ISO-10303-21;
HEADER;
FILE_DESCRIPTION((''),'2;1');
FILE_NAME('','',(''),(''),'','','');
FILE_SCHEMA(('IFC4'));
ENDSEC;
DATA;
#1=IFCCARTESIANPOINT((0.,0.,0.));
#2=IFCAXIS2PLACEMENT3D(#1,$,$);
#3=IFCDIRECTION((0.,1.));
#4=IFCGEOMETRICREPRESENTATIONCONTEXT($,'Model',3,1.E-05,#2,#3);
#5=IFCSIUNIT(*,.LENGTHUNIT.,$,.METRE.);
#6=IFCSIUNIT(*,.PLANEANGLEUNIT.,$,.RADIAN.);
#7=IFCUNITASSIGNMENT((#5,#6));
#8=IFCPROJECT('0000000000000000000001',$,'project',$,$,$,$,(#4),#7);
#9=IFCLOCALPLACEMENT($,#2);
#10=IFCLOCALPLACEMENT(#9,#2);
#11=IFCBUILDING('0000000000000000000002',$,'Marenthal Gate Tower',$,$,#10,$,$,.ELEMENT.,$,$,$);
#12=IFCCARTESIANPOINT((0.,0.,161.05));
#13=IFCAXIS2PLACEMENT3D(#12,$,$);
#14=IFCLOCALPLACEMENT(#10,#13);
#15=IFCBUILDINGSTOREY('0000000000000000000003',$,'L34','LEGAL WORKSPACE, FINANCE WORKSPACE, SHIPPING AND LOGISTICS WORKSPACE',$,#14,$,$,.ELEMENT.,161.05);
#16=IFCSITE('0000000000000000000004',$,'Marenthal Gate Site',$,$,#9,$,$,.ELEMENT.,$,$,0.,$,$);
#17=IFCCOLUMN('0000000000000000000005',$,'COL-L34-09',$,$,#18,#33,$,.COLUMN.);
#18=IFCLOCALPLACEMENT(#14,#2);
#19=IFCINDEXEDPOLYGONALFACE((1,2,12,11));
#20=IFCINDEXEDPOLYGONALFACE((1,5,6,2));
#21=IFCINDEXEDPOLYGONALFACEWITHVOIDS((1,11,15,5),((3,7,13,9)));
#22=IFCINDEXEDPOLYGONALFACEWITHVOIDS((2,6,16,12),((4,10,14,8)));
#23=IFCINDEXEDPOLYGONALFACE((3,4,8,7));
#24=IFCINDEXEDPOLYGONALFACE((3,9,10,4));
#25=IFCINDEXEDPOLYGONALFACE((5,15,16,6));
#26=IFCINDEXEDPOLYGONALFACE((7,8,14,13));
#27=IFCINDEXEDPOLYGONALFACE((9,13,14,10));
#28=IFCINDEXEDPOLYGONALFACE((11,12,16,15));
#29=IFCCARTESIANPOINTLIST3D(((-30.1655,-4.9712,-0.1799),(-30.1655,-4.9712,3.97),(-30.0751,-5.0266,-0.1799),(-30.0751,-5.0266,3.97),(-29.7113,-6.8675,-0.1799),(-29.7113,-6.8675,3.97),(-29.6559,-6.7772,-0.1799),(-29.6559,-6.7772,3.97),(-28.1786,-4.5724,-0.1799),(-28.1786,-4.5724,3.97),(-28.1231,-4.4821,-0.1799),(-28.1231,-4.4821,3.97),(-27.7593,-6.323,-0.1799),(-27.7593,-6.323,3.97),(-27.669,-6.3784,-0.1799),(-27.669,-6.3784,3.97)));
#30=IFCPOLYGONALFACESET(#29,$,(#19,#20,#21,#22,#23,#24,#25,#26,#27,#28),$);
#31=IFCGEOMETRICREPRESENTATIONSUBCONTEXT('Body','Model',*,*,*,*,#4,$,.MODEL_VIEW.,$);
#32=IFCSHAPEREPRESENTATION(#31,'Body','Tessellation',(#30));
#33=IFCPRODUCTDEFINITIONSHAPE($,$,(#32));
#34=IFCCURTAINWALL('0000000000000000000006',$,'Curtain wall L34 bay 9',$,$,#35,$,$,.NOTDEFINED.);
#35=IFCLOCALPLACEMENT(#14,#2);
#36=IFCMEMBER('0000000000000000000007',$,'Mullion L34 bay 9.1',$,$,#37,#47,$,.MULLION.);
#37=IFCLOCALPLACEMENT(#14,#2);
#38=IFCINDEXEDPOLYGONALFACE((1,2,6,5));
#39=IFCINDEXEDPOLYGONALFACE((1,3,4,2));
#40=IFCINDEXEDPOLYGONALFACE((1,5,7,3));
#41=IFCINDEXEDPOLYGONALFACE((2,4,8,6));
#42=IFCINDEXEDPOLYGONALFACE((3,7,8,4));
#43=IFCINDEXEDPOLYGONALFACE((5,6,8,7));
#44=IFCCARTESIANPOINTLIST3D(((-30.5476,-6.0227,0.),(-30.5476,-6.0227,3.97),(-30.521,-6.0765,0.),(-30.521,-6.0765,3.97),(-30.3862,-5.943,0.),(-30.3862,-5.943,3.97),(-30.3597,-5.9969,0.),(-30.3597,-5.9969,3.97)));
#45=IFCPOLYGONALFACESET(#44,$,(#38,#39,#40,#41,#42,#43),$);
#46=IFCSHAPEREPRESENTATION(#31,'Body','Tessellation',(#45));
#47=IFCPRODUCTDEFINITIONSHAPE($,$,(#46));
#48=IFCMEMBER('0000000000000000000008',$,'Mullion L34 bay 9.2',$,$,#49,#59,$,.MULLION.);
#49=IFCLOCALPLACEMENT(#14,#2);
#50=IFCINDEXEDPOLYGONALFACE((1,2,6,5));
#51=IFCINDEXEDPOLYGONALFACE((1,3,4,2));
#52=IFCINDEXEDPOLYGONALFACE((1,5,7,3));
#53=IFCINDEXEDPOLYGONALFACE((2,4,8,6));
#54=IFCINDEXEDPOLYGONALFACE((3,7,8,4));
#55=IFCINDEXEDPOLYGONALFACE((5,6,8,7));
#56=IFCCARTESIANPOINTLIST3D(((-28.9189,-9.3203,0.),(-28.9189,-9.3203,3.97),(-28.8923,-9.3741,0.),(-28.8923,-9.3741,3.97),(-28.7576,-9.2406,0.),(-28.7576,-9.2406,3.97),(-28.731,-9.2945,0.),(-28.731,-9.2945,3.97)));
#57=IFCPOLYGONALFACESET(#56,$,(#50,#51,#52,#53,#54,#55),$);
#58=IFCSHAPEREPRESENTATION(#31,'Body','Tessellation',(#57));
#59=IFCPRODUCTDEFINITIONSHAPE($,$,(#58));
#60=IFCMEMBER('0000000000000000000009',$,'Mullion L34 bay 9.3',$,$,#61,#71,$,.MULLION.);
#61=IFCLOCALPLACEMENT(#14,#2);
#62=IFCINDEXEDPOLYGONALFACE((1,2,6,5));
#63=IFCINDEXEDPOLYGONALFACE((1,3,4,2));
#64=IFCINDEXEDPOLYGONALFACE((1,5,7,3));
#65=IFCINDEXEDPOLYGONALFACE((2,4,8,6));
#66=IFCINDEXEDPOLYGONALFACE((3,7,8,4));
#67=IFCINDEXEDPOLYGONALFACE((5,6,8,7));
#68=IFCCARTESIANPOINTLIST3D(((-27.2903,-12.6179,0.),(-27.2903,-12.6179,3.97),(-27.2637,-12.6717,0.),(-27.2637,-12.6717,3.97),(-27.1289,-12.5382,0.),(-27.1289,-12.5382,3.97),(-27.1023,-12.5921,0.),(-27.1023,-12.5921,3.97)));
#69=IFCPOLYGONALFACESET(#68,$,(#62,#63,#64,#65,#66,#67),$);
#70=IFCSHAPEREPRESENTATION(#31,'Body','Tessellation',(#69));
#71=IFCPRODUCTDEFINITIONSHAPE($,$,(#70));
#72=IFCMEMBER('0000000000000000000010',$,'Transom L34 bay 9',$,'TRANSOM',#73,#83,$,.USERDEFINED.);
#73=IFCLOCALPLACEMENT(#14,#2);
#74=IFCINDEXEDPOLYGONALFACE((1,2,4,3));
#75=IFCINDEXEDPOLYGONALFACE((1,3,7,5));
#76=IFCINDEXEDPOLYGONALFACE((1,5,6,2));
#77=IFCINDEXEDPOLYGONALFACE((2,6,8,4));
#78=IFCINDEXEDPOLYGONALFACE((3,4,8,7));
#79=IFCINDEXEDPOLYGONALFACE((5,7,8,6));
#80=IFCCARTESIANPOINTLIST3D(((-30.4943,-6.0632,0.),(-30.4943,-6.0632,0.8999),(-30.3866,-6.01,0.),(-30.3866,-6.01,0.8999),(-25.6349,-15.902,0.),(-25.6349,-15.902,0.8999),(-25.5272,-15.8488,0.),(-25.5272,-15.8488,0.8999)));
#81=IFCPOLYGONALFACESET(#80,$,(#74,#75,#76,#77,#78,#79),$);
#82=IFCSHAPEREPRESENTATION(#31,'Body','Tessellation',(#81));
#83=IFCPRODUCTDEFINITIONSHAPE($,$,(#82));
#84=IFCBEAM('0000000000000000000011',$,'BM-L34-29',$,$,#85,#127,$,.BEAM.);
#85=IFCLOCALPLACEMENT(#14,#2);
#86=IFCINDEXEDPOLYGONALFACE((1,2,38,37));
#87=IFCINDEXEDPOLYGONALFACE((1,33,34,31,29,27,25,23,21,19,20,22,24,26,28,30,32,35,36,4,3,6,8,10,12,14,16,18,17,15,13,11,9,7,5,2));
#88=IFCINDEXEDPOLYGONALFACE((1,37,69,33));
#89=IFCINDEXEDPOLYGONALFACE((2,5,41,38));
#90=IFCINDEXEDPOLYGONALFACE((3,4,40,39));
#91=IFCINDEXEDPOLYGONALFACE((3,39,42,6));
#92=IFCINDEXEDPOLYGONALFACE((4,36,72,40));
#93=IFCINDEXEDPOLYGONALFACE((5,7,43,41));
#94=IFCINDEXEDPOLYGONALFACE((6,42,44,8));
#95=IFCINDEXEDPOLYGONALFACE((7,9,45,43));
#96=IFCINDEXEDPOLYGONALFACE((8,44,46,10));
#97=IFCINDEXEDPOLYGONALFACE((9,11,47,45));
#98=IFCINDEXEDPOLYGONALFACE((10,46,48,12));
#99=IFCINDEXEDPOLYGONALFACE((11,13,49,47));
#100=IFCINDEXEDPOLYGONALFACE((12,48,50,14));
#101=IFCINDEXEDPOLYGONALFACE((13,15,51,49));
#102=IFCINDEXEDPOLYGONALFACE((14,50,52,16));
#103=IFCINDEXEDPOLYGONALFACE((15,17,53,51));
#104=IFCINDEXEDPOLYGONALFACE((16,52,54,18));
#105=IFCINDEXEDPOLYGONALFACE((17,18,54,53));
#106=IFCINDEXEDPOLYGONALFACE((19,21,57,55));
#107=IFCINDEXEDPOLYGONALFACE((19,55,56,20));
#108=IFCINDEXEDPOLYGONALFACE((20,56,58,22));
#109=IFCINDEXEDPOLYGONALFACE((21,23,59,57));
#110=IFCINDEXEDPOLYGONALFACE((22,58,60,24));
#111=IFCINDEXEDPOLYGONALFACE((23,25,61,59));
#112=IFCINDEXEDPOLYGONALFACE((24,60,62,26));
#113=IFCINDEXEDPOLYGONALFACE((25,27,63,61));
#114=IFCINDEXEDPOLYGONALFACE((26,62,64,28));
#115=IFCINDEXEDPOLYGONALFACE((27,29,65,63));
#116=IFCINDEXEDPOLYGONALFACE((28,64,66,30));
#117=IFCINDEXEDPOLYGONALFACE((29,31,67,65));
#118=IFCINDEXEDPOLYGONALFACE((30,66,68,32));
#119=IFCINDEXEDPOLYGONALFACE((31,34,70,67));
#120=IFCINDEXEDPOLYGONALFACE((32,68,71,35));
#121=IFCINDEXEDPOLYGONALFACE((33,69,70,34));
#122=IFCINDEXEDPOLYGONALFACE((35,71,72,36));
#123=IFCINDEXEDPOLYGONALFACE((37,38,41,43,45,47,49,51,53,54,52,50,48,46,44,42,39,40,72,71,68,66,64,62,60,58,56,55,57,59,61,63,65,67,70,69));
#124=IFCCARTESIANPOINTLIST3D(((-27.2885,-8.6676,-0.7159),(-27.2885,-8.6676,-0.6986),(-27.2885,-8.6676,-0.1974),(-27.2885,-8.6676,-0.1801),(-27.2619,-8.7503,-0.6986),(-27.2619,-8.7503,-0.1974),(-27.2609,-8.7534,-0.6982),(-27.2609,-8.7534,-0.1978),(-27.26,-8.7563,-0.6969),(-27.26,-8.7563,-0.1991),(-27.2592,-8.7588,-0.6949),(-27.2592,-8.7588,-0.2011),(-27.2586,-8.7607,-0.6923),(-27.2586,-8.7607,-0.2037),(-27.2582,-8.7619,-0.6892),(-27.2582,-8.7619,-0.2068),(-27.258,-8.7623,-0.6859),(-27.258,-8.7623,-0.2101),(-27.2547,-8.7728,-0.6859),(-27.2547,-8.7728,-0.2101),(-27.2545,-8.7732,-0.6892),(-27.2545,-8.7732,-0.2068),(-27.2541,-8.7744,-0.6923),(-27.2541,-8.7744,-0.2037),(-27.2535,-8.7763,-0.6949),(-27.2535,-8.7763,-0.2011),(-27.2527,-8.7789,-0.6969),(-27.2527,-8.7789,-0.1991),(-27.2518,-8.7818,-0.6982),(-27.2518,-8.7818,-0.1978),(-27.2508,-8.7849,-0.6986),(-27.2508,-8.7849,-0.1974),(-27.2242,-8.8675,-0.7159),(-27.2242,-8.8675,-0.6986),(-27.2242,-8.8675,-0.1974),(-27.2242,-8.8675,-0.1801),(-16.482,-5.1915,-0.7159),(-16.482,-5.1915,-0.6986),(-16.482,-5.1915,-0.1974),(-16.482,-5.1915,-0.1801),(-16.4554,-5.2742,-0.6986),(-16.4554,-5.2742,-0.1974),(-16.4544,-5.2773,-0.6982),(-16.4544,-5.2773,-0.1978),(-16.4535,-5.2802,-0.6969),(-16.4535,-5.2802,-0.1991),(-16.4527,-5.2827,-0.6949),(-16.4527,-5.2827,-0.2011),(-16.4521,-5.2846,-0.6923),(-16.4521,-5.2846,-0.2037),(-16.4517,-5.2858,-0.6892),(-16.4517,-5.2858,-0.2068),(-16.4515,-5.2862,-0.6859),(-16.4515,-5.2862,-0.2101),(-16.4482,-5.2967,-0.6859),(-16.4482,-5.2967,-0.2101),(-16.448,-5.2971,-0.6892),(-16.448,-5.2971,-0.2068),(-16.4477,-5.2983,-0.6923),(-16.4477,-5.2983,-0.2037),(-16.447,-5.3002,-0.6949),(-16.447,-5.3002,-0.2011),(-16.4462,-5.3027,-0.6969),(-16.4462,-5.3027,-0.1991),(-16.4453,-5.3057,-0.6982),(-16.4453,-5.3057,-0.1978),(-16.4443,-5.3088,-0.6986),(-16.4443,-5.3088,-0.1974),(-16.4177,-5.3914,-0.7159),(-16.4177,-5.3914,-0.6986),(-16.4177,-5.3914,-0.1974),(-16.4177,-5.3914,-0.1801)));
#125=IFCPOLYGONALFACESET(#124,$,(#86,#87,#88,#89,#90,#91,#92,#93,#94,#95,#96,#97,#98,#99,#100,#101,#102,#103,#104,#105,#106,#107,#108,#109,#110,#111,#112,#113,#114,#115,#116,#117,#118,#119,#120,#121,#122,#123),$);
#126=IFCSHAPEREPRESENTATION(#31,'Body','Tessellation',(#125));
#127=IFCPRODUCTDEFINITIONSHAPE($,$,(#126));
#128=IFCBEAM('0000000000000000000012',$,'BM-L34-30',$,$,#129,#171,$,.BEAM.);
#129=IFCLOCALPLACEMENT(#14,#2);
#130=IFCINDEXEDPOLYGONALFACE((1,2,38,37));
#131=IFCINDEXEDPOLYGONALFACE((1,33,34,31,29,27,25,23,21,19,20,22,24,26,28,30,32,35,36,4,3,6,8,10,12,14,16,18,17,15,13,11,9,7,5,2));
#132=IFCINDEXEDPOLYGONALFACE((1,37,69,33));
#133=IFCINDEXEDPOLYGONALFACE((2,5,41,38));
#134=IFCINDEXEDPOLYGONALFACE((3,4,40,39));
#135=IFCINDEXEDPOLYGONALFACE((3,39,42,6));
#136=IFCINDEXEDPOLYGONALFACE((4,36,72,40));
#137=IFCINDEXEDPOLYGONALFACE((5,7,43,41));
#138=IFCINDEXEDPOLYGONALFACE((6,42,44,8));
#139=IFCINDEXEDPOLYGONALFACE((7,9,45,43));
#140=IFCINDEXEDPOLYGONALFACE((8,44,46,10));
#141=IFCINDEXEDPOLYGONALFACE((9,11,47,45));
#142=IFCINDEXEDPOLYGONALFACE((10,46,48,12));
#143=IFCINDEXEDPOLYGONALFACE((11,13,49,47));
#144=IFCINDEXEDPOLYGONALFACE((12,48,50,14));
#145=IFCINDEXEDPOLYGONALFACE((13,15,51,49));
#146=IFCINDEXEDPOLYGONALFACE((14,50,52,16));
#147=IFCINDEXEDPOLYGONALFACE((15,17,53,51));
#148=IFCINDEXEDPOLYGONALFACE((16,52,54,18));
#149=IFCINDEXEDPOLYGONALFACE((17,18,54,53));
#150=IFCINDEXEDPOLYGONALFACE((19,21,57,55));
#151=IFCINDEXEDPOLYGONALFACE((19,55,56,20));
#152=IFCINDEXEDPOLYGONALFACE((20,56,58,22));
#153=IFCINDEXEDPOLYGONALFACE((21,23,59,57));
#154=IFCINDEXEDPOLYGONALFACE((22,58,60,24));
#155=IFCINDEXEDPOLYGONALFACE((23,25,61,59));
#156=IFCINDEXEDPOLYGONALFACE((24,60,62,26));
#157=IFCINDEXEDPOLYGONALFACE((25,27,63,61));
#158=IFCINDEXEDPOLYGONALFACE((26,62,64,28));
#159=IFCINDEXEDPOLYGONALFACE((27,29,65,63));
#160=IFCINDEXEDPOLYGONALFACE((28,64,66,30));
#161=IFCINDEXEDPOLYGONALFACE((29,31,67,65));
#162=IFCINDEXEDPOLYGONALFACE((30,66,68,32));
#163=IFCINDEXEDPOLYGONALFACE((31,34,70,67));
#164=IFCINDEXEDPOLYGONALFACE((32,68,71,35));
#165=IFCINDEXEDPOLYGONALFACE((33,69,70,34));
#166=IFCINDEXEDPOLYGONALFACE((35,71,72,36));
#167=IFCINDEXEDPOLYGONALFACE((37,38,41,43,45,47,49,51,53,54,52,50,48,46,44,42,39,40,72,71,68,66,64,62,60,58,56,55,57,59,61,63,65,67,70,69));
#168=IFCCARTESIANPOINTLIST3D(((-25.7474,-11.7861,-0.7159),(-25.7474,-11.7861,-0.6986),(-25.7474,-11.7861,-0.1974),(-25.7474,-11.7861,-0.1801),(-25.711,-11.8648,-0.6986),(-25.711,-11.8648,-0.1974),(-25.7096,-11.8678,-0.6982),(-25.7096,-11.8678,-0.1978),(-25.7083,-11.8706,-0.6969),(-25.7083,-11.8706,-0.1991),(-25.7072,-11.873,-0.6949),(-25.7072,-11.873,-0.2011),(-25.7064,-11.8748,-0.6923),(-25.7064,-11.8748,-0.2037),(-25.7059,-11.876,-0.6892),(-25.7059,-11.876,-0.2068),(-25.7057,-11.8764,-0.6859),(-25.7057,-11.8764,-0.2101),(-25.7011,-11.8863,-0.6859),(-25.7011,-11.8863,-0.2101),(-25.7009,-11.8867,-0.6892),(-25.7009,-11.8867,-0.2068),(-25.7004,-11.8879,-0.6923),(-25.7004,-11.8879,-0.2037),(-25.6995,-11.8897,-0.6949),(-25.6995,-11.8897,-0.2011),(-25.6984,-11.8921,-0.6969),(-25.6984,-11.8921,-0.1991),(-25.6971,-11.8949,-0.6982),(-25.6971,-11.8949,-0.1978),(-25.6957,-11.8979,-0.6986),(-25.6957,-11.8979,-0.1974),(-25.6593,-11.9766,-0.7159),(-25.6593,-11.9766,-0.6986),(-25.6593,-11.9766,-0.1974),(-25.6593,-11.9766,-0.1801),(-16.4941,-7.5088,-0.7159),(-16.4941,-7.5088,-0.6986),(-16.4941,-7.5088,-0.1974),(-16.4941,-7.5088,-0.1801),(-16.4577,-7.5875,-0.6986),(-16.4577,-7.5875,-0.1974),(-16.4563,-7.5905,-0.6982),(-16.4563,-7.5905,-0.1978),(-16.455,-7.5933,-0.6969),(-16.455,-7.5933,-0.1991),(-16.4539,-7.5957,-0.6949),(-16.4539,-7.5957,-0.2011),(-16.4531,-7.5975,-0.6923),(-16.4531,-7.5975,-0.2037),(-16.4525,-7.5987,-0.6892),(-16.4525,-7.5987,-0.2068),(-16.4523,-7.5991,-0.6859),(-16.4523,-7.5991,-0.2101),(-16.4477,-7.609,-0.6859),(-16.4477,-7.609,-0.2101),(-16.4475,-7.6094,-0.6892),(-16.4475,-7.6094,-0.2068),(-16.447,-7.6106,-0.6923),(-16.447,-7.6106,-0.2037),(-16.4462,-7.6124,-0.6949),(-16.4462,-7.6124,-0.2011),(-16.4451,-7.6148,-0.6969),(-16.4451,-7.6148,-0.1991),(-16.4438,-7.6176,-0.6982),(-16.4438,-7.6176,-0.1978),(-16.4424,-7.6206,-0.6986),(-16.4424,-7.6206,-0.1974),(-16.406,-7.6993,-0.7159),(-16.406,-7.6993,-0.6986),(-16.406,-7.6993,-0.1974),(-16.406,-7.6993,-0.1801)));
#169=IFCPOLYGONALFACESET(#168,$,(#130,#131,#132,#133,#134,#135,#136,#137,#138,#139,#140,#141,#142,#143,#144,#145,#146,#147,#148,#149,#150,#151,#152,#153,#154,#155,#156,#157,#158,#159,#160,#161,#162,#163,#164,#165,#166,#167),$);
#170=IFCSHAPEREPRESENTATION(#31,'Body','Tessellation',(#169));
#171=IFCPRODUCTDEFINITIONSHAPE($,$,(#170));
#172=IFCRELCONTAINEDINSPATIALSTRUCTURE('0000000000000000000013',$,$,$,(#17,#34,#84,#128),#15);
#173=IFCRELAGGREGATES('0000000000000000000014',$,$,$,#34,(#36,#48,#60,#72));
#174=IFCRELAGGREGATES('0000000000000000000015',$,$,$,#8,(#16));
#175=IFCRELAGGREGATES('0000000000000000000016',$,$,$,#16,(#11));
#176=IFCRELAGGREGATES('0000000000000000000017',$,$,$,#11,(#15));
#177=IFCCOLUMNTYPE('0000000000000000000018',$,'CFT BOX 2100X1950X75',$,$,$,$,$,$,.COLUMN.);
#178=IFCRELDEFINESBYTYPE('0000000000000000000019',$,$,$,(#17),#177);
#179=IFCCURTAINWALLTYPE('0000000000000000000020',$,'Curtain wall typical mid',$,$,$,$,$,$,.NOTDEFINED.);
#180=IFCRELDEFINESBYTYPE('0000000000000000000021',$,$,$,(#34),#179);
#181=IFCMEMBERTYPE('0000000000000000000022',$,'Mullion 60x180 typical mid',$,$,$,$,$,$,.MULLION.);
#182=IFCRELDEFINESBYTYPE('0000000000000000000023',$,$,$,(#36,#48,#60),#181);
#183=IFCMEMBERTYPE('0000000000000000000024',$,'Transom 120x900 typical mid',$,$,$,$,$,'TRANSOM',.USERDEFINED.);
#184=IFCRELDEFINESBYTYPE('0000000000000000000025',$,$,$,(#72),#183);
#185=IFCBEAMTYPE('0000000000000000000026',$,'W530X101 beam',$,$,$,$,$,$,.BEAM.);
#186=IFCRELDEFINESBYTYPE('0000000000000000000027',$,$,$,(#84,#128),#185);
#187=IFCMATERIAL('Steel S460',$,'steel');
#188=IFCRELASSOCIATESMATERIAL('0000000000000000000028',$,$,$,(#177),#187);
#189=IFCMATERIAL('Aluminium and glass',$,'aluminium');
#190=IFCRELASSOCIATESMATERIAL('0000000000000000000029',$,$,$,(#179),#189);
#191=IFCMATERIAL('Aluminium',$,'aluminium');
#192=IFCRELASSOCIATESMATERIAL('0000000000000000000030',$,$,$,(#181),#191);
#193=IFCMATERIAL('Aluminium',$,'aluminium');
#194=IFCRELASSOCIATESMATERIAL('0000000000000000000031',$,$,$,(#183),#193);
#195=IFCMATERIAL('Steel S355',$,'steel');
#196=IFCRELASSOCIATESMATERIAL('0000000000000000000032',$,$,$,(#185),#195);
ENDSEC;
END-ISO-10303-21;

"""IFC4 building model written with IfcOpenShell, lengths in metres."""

from ifc_helpers import new_model, si_unit, direction, frame, origin, origin_2d, place, context, subcontext, project, spatial, rectangle, hollow_rectangle, i_section, extrude, material, material_profile, profile_set, type_object, element, aggregate, save


model = new_model("IFC4")

# Units and contexts
model_context = context("Model", 3, precision=1e-05, world=origin(), true_north=direction((0.0, 1.0)))
body_context = subcontext(model_context, "Body", "Model", "MODEL_VIEW")
ifc_project = project(units=[si_unit("LENGTHUNIT", "METRE"), si_unit("PLANEANGLEUNIT", "RADIAN")], contexts=[model_context])

# Site, building, storey
site_placement = place(None, origin())
site = spatial("IfcSite", under=ifc_project, at=site_placement, Name="Marenthal Gate Site", CompositionType="ELEMENT", RefElevation=0.0)
building_placement = place(site_placement, origin())
building = spatial("IfcBuilding", under=site, at=building_placement, Name="Marenthal Gate Tower", CompositionType="ELEMENT")
storey_placement = place(building_placement, frame((0.0, 0.0, 161.05)))
storey = spatial("IfcBuildingStorey", under=building, at=storey_placement, Name="L34", Description="LEGAL WORKSPACE, FINANCE WORKSPACE, SHIPPING AND LOGISTICS WORKSPACE", CompositionType="ELEMENT", Elevation=161.05)

# Column
ifc_material_1 = material(Name="Steel S460", Category="steel")
ifc_material_profile_1 = material_profile(ifc_material_1, hollow_rectangle(XDim=1.95, YDim=2.1001, WallThickness=0.075, at=origin_2d()), Name="CFT BOX 2100X1950X75")
ifc_material_2 = material(Name="Concrete 70 MPa", Category="concrete")
ifc_material_profile_2 = material_profile(ifc_material_2, rectangle(XDim=1.8, YDim=1.95, at=origin_2d()), Name="CFT BOX 2100X1950X75 INFILL")
ifc_profile_set_1 = profile_set([ifc_material_profile_1, ifc_material_profile_2], Name="Steel S460 shell, Concrete 70 MPa infill")
column_type = type_object("IfcColumnType", Name="CFT BOX 2100X1950X75", PredefinedType="COLUMN", material=ifc_profile_set_1)
column_placement = place(storey_placement, frame((-28.9172, -5.6748, -0.1799), z_axis=(0.0, 0.0, 1.0), x_axis=(-0.232909, 0.972499, 0.0)))
element("IfcColumn", 1, at=column_placement, inside=storey, type_object=column_type, Name="COL-L34-09", PredefinedType="COLUMN", context=body_context, shape_type="SweptSolid", body=[
    extrude(hollow_rectangle(XDim=1.95, YDim=2.1001, WallThickness=0.075, at=origin_2d()), origin(), (0.0, 0.0, 1.0), 4.1499),
])

# Curtain wall, members
ifc_material_3 = material(Name="Aluminium and glass", Category="aluminium")
curtain_wall_type = type_object("IfcCurtainWallType", Name="Curtain wall typical mid", PredefinedType="NOTDEFINED", material=ifc_material_3)
curtain_wall_placement = place(storey_placement, origin())
curtain_wall = element("IfcCurtainWall", 2, at=curtain_wall_placement, inside=storey, type_object=curtain_wall_type, Name="Curtain wall L34 bay 9", PredefinedType="NOTDEFINED")
ifc_material_4 = material(Name="Aluminium", Category="aluminium")
ifc_material_profile_3 = material_profile(ifc_material_4, rectangle(XDim=0.1799, YDim=0.0601, at=origin_2d()), Name="60x180 aluminium mullion")
ifc_profile_set_2 = profile_set([ifc_material_profile_3], Name="Aluminium")
member_type_1 = type_object("IfcMemberType", Name="Mullion 60x180 typical mid", PredefinedType="MULLION", material=ifc_profile_set_2)
member_1_placement = place(storey_placement, frame((-30.4536, -6.0098, 0.0), z_axis=(0.0, 0.0, 1.0), x_axis=(0.896609, 0.442824, 0.0)))
member_1 = element("IfcMember", 3, at=member_1_placement, type_object=member_type_1, Name="Mullion L34 bay 9.1", PredefinedType="MULLION", context=body_context, shape_type="SweptSolid", body=[
    extrude(rectangle(XDim=0.1799, YDim=0.0601, at=origin_2d()), origin(), (0.0, 0.0, 1.0), 3.97),
])
member_2_placement = place(storey_placement, frame((-28.825, -9.3074, 0.0), z_axis=(0.0, 0.0, 1.0), x_axis=(0.896609, 0.442824, 0.0)))
member_2 = element("IfcMember", 4, at=member_2_placement, type_object=member_type_1, Name="Mullion L34 bay 9.2", PredefinedType="MULLION", context=body_context, shape_type="SweptSolid", body=[
    extrude(rectangle(XDim=0.1799, YDim=0.0601, at=origin_2d()), origin(), (0.0, 0.0, 1.0), 3.97),
])
member_3_placement = place(storey_placement, frame((-27.1963, -12.605, 0.0), z_axis=(0.0, 0.0, 1.0), x_axis=(0.896609, 0.442824, 0.0)))
member_3 = element("IfcMember", 5, at=member_3_placement, type_object=member_type_1, Name="Mullion L34 bay 9.3", PredefinedType="MULLION", context=body_context, shape_type="SweptSolid", body=[
    extrude(rectangle(XDim=0.1799, YDim=0.0601, at=origin_2d()), origin(), (0.0, 0.0, 1.0), 3.97),
])
ifc_material_5 = material(Name="Aluminium", Category="aluminium")
ifc_material_profile_4 = material_profile(ifc_material_5, rectangle(XDim=0.1201, YDim=0.8999, at=origin_2d()), Name="120x900 aluminium transom")
ifc_profile_set_3 = profile_set([ifc_material_profile_4], Name="Aluminium")
member_type_2 = type_object("IfcMemberType", Name="Transom 120x900 typical mid", ElementType="TRANSOM", PredefinedType="USERDEFINED", material=ifc_profile_set_3)
member_4_placement = place(storey_placement, frame((-30.4404, -6.0366, 0.45), z_axis=(0.44283, -0.896606, 0.0), x_axis=(0.896606, 0.44283, 0.0)))
member_4 = element("IfcMember", 6, at=member_4_placement, type_object=member_type_2, Name="Transom L34 bay 9", ObjectType="TRANSOM", PredefinedType="USERDEFINED", context=body_context, shape_type="SweptSolid", body=[
    extrude(rectangle(XDim=0.1201, YDim=0.8999, at=origin_2d()), origin(), (0.0, 0.0, 1.0), 10.9734),
])

# Beams
ifc_material_6 = material(Name="Steel S355", Category="steel")
ifc_material_profile_5 = material_profile(ifc_material_6, i_section(OverallWidth=0.21, OverallDepth=0.5359, WebThickness=0.011, FlangeThickness=0.0173, FilletRadius=0.0127, at=origin_2d()), Name="W530X101")
ifc_profile_set_4 = profile_set([ifc_material_profile_5], Name="Steel S355")
beam_type_1 = type_object("IfcBeamType", Name="W530X101 beam", PredefinedType="BEAM", material=ifc_profile_set_4)
beam_1_placement = place(storey_placement, frame((-27.2563, -8.7676, -0.448), z_axis=(0.951962, 0.306216, 0.0), x_axis=(-0.306216, 0.951962, 0.0)))
element("IfcBeam", 7, at=beam_1_placement, inside=storey, type_object=beam_type_1, Name="BM-L34-29", PredefinedType="BEAM", context=body_context, shape_type="SweptSolid", body=[
    extrude(i_section(OverallWidth=0.21, OverallDepth=0.5359, WebThickness=0.011, FlangeThickness=0.0173, FilletRadius=0.0127, at=origin_2d()), origin(), (0.0, 0.0, 1.0), 11.3518),
])
beam_2_placement = place(storey_placement, frame((-25.7034, -11.8813, -0.448), z_axis=(0.907715, 0.419587, 0.0), x_axis=(-0.419587, 0.907715, 0.0)))
element("IfcBeam", 8, at=beam_2_placement, inside=storey, type_object=beam_type_1, Name="BM-L34-30", PredefinedType="BEAM", context=body_context, shape_type="SweptSolid", body=[
    extrude(i_section(OverallWidth=0.21, OverallDepth=0.5359, WebThickness=0.011, FlangeThickness=0.0173, FilletRadius=0.0127, at=origin_2d()), origin(), (0.0, 0.0, 1.0), 10.1941),
])

aggregate(curtain_wall, [member_1, member_2, member_3, member_4])

save(model, "model.ifc")
